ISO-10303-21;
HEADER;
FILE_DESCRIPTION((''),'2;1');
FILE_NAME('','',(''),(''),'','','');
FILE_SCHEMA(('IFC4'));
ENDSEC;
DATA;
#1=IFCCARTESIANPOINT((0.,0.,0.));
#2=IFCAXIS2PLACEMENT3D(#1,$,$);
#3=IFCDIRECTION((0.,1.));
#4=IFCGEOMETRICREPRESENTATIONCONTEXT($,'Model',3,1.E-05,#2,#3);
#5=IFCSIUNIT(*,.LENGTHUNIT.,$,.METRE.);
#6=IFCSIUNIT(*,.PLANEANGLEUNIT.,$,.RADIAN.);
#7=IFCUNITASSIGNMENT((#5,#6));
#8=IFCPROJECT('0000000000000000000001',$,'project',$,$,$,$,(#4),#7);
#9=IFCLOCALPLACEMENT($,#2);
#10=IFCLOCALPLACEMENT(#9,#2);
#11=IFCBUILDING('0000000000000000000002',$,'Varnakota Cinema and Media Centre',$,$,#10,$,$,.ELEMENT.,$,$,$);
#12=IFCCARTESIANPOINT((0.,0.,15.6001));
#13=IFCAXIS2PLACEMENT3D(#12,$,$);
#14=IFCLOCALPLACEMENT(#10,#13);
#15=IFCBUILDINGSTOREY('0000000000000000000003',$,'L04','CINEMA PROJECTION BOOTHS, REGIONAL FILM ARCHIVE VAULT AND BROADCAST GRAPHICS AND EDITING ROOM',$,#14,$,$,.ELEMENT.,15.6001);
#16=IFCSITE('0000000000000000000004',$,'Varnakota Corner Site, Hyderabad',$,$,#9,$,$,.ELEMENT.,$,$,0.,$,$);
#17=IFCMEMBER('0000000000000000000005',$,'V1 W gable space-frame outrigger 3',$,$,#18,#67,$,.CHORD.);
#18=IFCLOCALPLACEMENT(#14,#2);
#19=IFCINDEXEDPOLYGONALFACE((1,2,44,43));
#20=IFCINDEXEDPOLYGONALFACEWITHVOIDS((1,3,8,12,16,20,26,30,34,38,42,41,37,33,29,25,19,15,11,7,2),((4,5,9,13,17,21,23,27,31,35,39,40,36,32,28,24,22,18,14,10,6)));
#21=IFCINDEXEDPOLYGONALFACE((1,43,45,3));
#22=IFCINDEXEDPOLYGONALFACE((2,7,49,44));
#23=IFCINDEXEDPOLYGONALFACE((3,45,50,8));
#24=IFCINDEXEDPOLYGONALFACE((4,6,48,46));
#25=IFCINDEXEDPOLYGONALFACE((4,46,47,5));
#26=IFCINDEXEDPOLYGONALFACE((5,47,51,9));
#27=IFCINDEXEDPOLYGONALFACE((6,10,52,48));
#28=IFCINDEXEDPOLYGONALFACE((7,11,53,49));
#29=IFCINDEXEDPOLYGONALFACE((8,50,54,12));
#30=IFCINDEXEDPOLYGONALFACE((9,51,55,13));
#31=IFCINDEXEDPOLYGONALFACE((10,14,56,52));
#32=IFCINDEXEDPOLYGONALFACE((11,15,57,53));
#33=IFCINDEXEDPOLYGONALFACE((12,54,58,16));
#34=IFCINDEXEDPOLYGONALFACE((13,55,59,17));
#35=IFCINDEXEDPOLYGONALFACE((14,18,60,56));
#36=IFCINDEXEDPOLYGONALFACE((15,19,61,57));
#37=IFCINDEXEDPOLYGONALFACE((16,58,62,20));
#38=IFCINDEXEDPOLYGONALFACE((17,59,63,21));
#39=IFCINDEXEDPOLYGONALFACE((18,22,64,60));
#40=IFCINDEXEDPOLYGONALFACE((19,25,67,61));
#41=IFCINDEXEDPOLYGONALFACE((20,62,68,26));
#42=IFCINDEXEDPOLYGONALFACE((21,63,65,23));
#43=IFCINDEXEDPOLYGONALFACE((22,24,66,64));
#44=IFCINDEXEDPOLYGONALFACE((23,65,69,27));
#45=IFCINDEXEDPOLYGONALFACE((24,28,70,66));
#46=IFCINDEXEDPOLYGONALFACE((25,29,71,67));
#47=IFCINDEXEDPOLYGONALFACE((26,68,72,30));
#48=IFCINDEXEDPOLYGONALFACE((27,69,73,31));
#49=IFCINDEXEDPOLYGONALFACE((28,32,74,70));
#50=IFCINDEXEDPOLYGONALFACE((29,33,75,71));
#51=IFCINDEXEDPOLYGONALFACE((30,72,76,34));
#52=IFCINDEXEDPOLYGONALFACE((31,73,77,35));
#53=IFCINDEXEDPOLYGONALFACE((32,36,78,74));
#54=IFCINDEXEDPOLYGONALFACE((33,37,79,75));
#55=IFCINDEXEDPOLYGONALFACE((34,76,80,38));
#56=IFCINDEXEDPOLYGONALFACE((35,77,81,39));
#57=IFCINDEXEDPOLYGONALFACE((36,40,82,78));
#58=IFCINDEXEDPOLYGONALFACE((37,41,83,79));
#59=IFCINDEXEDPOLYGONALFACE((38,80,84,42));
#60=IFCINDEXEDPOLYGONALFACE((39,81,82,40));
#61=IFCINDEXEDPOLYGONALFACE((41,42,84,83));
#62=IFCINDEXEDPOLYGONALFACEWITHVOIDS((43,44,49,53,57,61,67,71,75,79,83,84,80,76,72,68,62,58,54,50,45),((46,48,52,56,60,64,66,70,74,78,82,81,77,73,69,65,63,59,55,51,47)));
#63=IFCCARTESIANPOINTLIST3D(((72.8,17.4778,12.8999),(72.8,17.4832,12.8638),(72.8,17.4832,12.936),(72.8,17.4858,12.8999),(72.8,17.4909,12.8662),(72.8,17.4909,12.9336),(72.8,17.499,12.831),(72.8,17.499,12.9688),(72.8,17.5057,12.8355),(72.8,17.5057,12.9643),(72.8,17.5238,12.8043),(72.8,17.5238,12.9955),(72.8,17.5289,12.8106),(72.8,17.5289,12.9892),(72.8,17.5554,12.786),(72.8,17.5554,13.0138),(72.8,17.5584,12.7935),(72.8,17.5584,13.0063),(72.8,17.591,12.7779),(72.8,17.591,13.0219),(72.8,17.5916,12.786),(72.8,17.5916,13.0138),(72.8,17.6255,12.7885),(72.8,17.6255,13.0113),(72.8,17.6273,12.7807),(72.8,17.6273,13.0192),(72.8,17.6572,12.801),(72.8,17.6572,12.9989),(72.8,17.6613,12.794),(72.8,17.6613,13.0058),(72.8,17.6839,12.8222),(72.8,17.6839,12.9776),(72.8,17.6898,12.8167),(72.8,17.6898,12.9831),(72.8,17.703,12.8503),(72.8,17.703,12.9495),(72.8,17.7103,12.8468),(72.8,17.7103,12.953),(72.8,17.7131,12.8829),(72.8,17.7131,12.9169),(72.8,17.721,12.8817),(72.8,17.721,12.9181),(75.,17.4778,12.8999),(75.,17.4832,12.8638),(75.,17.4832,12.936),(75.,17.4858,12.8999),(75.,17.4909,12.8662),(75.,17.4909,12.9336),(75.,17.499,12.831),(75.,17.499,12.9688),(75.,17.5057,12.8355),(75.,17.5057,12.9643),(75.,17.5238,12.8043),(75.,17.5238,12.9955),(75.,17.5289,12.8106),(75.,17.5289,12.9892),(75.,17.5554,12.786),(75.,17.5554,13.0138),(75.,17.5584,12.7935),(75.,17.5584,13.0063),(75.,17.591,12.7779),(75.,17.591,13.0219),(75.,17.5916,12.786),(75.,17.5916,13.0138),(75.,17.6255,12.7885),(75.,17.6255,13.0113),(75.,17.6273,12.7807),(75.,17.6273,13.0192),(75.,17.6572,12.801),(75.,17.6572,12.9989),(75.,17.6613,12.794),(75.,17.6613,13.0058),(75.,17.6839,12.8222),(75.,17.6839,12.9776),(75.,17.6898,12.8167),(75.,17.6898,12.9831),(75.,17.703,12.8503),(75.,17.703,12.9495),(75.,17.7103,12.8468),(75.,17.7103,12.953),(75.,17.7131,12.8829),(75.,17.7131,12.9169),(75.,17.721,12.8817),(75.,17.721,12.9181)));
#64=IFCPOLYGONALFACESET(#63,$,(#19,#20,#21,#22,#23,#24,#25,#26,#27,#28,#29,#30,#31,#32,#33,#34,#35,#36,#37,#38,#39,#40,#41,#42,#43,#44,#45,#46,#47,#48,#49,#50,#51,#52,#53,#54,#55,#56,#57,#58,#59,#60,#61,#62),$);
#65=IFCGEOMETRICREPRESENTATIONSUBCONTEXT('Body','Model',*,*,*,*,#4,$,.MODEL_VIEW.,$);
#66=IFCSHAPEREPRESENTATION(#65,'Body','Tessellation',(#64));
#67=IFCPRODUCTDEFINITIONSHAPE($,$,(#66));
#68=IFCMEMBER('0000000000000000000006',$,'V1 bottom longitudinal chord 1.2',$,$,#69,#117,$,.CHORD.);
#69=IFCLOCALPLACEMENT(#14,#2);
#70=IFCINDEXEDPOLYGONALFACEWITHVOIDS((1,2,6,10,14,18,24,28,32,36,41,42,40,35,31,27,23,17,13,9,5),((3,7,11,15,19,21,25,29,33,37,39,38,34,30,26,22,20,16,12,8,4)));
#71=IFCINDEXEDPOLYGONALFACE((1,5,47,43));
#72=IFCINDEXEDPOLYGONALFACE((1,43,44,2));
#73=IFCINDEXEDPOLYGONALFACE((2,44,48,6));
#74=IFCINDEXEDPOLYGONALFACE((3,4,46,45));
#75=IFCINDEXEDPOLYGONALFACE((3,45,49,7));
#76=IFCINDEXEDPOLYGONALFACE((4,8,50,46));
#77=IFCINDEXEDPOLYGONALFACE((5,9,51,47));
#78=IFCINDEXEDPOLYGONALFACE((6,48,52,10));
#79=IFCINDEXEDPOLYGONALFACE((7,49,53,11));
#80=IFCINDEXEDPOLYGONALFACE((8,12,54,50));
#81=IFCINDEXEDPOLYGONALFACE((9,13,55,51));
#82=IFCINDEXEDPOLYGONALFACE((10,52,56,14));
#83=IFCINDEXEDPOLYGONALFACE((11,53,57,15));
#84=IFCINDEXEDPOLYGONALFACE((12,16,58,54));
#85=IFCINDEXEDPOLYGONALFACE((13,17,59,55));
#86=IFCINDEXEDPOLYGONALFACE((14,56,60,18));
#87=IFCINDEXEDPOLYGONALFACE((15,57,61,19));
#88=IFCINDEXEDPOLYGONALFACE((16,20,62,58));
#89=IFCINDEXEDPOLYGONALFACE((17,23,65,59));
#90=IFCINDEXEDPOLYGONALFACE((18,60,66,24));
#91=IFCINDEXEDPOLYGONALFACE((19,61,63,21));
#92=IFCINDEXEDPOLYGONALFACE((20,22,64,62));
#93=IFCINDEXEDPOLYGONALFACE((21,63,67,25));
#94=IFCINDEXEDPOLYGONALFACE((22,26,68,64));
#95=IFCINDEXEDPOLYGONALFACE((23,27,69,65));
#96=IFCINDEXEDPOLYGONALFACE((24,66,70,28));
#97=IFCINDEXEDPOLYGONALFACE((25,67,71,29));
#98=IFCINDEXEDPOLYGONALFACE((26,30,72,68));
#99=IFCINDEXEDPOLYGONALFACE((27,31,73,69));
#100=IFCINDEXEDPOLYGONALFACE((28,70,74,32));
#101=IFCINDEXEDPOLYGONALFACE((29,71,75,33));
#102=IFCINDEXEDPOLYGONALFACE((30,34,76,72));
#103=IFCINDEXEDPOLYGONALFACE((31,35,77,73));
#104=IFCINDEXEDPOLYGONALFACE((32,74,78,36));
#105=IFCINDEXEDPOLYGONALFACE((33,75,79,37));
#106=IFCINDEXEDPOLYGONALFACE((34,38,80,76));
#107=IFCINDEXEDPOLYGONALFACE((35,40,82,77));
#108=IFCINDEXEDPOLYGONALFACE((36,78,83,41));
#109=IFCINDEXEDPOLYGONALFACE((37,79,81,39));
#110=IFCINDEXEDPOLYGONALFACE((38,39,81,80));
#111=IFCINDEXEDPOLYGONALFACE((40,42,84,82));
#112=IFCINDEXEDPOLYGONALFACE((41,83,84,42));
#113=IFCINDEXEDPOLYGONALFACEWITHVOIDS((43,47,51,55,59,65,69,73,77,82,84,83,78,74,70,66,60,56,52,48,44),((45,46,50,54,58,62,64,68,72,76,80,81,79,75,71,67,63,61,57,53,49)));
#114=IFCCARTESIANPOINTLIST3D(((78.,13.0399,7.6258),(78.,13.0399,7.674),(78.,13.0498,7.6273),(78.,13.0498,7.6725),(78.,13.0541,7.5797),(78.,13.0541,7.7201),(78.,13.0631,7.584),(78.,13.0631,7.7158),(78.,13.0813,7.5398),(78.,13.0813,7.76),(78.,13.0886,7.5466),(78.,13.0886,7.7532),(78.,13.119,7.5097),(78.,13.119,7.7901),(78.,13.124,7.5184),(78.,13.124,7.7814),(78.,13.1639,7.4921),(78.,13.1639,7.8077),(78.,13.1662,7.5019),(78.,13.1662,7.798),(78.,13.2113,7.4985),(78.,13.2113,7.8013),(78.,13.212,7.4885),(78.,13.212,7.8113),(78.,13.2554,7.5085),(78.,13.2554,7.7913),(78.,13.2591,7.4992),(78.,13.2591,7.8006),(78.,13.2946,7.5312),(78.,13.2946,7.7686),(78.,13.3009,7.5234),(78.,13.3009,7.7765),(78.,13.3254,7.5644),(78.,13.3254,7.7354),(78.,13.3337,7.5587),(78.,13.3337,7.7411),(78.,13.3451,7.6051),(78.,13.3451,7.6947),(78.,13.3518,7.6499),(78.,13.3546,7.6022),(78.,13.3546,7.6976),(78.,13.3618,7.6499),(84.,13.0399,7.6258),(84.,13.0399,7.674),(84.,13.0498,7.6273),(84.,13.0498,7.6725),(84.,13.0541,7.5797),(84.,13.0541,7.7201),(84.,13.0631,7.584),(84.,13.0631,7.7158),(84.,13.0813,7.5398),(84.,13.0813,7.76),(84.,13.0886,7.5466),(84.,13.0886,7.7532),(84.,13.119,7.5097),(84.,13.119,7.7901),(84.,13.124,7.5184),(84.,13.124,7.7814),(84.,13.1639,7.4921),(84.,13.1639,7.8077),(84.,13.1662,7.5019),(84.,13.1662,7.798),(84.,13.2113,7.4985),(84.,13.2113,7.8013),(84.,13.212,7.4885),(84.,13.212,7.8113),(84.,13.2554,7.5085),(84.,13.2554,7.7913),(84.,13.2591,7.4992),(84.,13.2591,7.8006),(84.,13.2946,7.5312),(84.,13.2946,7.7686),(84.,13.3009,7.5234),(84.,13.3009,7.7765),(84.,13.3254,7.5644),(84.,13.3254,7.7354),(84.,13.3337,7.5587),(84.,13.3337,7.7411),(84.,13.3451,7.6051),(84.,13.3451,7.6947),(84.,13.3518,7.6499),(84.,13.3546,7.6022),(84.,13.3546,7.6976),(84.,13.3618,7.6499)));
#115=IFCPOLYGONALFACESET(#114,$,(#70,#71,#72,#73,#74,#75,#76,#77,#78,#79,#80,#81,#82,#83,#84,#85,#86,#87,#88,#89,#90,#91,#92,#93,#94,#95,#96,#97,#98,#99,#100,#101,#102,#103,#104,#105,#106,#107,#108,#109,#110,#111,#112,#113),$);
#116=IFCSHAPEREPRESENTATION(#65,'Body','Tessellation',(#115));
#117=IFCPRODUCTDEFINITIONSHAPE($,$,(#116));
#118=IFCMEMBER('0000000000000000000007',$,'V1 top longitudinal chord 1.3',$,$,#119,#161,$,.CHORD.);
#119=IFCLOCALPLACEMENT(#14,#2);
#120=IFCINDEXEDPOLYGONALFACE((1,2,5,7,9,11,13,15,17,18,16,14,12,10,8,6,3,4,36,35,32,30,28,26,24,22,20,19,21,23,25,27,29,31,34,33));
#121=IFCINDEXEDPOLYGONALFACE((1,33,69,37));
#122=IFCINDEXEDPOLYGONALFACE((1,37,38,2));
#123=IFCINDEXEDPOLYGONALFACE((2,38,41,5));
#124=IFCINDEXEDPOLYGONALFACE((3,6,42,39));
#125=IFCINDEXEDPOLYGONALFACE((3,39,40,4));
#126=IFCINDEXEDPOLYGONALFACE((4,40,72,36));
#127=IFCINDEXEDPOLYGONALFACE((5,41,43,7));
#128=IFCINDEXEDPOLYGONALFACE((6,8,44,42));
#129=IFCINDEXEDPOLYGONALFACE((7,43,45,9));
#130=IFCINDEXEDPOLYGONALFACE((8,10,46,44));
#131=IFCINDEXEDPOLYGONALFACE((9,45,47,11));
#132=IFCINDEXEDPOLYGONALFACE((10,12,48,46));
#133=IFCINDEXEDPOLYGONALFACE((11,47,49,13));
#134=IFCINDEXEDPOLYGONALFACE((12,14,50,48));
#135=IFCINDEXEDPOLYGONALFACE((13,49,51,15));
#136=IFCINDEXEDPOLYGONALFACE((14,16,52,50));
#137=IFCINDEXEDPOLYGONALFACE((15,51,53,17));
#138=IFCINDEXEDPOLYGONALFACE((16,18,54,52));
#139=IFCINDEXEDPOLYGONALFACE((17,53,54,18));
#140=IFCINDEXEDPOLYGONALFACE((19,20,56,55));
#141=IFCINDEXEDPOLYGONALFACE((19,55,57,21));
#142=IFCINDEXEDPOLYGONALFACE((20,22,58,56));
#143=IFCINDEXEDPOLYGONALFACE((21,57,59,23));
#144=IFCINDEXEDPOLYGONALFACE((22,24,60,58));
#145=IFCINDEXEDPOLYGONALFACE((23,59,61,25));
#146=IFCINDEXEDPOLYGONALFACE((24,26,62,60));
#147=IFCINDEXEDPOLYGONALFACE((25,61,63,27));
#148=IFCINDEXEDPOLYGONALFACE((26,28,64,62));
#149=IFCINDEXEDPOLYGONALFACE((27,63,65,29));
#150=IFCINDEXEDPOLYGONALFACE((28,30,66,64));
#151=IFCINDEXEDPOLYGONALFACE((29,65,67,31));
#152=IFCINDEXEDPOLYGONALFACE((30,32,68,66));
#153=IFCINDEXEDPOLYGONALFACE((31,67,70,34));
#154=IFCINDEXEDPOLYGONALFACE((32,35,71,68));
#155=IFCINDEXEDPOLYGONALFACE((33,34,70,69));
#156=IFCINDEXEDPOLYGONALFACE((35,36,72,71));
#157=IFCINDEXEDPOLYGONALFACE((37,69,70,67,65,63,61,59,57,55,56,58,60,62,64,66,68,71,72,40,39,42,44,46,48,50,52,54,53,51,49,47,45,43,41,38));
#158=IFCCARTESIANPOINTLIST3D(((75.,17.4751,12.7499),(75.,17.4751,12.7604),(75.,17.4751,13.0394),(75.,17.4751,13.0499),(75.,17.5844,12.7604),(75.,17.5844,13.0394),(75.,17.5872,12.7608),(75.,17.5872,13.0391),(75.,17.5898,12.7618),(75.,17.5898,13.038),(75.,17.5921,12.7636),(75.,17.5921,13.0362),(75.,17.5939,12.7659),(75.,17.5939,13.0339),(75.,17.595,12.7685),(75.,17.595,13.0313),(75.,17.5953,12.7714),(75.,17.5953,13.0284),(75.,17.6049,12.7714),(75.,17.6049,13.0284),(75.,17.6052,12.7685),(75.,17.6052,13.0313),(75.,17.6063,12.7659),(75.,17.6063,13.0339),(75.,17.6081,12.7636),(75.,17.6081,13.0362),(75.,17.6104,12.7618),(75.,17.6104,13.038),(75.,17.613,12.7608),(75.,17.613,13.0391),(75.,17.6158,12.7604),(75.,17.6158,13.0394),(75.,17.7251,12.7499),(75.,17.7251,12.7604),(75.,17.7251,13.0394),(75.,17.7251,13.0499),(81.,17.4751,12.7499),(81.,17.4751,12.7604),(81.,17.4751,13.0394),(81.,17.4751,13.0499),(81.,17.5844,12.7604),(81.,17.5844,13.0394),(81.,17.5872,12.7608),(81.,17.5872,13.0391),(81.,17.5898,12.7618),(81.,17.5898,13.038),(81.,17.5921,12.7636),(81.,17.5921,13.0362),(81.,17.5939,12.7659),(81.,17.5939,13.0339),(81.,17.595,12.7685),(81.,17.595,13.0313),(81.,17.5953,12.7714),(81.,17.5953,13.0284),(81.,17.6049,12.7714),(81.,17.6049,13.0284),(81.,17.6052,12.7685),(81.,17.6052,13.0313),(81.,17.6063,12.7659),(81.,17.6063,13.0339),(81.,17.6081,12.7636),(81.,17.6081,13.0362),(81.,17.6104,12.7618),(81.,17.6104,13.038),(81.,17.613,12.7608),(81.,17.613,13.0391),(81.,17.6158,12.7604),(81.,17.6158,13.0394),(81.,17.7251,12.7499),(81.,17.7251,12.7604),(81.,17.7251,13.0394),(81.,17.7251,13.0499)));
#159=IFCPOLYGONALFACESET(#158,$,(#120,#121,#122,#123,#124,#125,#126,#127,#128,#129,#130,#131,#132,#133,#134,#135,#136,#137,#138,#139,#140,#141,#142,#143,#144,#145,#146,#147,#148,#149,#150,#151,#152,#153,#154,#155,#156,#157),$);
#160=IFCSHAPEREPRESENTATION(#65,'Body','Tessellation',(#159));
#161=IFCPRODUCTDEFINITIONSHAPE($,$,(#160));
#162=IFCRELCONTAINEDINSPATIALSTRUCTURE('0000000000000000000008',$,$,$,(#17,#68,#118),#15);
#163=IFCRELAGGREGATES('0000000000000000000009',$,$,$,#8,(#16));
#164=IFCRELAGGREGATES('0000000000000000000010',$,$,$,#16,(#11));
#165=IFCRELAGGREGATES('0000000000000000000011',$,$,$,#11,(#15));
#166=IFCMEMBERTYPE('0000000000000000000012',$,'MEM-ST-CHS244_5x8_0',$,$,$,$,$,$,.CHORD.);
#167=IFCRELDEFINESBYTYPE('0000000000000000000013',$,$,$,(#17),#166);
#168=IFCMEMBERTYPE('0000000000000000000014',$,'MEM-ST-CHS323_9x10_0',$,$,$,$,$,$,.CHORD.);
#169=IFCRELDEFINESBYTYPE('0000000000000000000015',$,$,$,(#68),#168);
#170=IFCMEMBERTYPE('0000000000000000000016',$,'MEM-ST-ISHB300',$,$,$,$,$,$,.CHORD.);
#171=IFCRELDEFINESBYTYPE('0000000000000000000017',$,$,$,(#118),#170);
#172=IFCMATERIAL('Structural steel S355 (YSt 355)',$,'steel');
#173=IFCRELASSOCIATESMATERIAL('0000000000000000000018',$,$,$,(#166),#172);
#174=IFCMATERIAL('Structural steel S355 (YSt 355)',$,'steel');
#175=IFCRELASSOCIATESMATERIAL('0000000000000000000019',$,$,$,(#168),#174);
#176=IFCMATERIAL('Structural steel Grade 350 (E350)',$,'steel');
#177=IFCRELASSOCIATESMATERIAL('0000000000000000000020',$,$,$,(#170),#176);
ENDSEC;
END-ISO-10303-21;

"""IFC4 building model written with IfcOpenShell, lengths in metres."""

from ifc_helpers import new_model, si_unit, direction, frame, origin, origin_2d, place, context, subcontext, project, spatial, hollow_circle, i_section, extrude, material, material_profile, profile_set, type_object, element, save


model = new_model("IFC4")

# Units and contexts
model_context = context("Model", 3, precision=1e-05, world=origin(), true_north=direction((0.0, 1.0)))
body_context = subcontext(model_context, "Body", "Model", "MODEL_VIEW")
ifc_project = project(units=[si_unit("LENGTHUNIT", "METRE"), si_unit("PLANEANGLEUNIT", "RADIAN")], contexts=[model_context])

# Site, building, storey
site_placement = place(None, origin())
site = spatial("IfcSite", under=ifc_project, at=site_placement, Name="Varnakota Corner Site, Hyderabad", CompositionType="ELEMENT", RefElevation=0.0)
building_placement = place(site_placement, origin())
building = spatial("IfcBuilding", under=site, at=building_placement, Name="Varnakota Cinema and Media Centre", CompositionType="ELEMENT")
storey_placement = place(building_placement, frame((0.0, 0.0, 15.6001)))
storey = spatial("IfcBuildingStorey", under=building, at=storey_placement, Name="L04", Description="CINEMA PROJECTION BOOTHS, REGIONAL FILM ARCHIVE VAULT AND BROADCAST GRAPHICS AND EDITING ROOM", CompositionType="ELEMENT", Elevation=15.6001)

# Members
ifc_material_1 = material(Name="Structural steel S355 (YSt 355)", Category="steel")
ifc_material_profile_1 = material_profile(ifc_material_1, hollow_circle(Radius=0.1223, WallThickness=0.0081, at=origin_2d()), Name="CHS 244.5x8.0")
ifc_profile_set_1 = profile_set([ifc_material_profile_1], Name="Structural steel S355 (YSt 355)")
member_type_1 = type_object("IfcMemberType", Name="MEM-ST-CHS244_5x8_0", PredefinedType="CHORD", material=ifc_profile_set_1)
for number, where, z_axis, x_axis, name in (
    (1, (75.0, 17.6001, 12.8999), (-1.0, 0.0, 0.0), (0.0, -1.0, 0.0), "V1 W gable space-frame outrigger 3"),
):
    element("IfcMember", number, at=place(storey_placement, frame(where, z_axis=z_axis, x_axis=x_axis)), inside=storey, type_object=member_type_1, Name=name, PredefinedType="CHORD", context=body_context, shape_type="SweptSolid", body=[
        extrude(hollow_circle(Radius=0.1223, WallThickness=0.0081, at=origin_2d()), origin(), (0.0, 0.0, 1.0), 2.2),
    ])
ifc_material_2 = material(Name="Structural steel S355 (YSt 355)", Category="steel")
ifc_material_profile_2 = material_profile(ifc_material_2, hollow_circle(Radius=0.1619, WallThickness=0.01, at=origin_2d()), Name="CHS 323.9x10.0")
ifc_profile_set_2 = profile_set([ifc_material_profile_2], Name="Structural steel S355 (YSt 355)")
member_type_2 = type_object("IfcMemberType", Name="MEM-ST-CHS323_9x10_0", PredefinedType="CHORD", material=ifc_profile_set_2)
member_1_placement = place(storey_placement, frame((78.0, 13.2, 7.6499), z_axis=(1.0, 0.0, 0.0), x_axis=(0.0, 1.0, 0.0)))
element("IfcMember", 2, at=member_1_placement, inside=storey, type_object=member_type_2, Name="V1 bottom longitudinal chord 1.2", PredefinedType="CHORD", context=body_context, shape_type="SweptSolid", body=[
    extrude(hollow_circle(Radius=0.1619, WallThickness=0.01, at=origin_2d()), origin(), (0.0, 0.0, 1.0), 6.0),
])
ifc_material_3 = material(Name="Structural steel Grade 350 (E350)", Category="steel")
ifc_material_profile_3 = material_profile(ifc_material_3, i_section(OverallWidth=0.25, OverallDepth=0.3, WebThickness=0.0095, FlangeThickness=0.0105, FilletRadius=0.011, at=origin_2d()), Name="ISHB 300")
ifc_profile_set_3 = profile_set([ifc_material_profile_3], Name="Structural steel Grade 350 (E350)")
member_type_3 = type_object("IfcMemberType", Name="MEM-ST-ISHB300", PredefinedType="CHORD", material=ifc_profile_set_3)
member_2_placement = place(storey_placement, frame((75.0, 17.6001, 12.8999), z_axis=(1.0, 0.0, 0.0), x_axis=(0.0, 1.0, 0.0)))
element("IfcMember", 3, at=member_2_placement, inside=storey, type_object=member_type_3, Name="V1 top longitudinal chord 1.3", PredefinedType="CHORD", context=body_context, shape_type="SweptSolid", body=[
    extrude(i_section(OverallWidth=0.25, OverallDepth=0.3, WebThickness=0.0095, FlangeThickness=0.0105, FilletRadius=0.011, at=origin_2d()), origin(), (0.0, 0.0, 1.0), 6.0),
])

save(model, "model.ifc")
